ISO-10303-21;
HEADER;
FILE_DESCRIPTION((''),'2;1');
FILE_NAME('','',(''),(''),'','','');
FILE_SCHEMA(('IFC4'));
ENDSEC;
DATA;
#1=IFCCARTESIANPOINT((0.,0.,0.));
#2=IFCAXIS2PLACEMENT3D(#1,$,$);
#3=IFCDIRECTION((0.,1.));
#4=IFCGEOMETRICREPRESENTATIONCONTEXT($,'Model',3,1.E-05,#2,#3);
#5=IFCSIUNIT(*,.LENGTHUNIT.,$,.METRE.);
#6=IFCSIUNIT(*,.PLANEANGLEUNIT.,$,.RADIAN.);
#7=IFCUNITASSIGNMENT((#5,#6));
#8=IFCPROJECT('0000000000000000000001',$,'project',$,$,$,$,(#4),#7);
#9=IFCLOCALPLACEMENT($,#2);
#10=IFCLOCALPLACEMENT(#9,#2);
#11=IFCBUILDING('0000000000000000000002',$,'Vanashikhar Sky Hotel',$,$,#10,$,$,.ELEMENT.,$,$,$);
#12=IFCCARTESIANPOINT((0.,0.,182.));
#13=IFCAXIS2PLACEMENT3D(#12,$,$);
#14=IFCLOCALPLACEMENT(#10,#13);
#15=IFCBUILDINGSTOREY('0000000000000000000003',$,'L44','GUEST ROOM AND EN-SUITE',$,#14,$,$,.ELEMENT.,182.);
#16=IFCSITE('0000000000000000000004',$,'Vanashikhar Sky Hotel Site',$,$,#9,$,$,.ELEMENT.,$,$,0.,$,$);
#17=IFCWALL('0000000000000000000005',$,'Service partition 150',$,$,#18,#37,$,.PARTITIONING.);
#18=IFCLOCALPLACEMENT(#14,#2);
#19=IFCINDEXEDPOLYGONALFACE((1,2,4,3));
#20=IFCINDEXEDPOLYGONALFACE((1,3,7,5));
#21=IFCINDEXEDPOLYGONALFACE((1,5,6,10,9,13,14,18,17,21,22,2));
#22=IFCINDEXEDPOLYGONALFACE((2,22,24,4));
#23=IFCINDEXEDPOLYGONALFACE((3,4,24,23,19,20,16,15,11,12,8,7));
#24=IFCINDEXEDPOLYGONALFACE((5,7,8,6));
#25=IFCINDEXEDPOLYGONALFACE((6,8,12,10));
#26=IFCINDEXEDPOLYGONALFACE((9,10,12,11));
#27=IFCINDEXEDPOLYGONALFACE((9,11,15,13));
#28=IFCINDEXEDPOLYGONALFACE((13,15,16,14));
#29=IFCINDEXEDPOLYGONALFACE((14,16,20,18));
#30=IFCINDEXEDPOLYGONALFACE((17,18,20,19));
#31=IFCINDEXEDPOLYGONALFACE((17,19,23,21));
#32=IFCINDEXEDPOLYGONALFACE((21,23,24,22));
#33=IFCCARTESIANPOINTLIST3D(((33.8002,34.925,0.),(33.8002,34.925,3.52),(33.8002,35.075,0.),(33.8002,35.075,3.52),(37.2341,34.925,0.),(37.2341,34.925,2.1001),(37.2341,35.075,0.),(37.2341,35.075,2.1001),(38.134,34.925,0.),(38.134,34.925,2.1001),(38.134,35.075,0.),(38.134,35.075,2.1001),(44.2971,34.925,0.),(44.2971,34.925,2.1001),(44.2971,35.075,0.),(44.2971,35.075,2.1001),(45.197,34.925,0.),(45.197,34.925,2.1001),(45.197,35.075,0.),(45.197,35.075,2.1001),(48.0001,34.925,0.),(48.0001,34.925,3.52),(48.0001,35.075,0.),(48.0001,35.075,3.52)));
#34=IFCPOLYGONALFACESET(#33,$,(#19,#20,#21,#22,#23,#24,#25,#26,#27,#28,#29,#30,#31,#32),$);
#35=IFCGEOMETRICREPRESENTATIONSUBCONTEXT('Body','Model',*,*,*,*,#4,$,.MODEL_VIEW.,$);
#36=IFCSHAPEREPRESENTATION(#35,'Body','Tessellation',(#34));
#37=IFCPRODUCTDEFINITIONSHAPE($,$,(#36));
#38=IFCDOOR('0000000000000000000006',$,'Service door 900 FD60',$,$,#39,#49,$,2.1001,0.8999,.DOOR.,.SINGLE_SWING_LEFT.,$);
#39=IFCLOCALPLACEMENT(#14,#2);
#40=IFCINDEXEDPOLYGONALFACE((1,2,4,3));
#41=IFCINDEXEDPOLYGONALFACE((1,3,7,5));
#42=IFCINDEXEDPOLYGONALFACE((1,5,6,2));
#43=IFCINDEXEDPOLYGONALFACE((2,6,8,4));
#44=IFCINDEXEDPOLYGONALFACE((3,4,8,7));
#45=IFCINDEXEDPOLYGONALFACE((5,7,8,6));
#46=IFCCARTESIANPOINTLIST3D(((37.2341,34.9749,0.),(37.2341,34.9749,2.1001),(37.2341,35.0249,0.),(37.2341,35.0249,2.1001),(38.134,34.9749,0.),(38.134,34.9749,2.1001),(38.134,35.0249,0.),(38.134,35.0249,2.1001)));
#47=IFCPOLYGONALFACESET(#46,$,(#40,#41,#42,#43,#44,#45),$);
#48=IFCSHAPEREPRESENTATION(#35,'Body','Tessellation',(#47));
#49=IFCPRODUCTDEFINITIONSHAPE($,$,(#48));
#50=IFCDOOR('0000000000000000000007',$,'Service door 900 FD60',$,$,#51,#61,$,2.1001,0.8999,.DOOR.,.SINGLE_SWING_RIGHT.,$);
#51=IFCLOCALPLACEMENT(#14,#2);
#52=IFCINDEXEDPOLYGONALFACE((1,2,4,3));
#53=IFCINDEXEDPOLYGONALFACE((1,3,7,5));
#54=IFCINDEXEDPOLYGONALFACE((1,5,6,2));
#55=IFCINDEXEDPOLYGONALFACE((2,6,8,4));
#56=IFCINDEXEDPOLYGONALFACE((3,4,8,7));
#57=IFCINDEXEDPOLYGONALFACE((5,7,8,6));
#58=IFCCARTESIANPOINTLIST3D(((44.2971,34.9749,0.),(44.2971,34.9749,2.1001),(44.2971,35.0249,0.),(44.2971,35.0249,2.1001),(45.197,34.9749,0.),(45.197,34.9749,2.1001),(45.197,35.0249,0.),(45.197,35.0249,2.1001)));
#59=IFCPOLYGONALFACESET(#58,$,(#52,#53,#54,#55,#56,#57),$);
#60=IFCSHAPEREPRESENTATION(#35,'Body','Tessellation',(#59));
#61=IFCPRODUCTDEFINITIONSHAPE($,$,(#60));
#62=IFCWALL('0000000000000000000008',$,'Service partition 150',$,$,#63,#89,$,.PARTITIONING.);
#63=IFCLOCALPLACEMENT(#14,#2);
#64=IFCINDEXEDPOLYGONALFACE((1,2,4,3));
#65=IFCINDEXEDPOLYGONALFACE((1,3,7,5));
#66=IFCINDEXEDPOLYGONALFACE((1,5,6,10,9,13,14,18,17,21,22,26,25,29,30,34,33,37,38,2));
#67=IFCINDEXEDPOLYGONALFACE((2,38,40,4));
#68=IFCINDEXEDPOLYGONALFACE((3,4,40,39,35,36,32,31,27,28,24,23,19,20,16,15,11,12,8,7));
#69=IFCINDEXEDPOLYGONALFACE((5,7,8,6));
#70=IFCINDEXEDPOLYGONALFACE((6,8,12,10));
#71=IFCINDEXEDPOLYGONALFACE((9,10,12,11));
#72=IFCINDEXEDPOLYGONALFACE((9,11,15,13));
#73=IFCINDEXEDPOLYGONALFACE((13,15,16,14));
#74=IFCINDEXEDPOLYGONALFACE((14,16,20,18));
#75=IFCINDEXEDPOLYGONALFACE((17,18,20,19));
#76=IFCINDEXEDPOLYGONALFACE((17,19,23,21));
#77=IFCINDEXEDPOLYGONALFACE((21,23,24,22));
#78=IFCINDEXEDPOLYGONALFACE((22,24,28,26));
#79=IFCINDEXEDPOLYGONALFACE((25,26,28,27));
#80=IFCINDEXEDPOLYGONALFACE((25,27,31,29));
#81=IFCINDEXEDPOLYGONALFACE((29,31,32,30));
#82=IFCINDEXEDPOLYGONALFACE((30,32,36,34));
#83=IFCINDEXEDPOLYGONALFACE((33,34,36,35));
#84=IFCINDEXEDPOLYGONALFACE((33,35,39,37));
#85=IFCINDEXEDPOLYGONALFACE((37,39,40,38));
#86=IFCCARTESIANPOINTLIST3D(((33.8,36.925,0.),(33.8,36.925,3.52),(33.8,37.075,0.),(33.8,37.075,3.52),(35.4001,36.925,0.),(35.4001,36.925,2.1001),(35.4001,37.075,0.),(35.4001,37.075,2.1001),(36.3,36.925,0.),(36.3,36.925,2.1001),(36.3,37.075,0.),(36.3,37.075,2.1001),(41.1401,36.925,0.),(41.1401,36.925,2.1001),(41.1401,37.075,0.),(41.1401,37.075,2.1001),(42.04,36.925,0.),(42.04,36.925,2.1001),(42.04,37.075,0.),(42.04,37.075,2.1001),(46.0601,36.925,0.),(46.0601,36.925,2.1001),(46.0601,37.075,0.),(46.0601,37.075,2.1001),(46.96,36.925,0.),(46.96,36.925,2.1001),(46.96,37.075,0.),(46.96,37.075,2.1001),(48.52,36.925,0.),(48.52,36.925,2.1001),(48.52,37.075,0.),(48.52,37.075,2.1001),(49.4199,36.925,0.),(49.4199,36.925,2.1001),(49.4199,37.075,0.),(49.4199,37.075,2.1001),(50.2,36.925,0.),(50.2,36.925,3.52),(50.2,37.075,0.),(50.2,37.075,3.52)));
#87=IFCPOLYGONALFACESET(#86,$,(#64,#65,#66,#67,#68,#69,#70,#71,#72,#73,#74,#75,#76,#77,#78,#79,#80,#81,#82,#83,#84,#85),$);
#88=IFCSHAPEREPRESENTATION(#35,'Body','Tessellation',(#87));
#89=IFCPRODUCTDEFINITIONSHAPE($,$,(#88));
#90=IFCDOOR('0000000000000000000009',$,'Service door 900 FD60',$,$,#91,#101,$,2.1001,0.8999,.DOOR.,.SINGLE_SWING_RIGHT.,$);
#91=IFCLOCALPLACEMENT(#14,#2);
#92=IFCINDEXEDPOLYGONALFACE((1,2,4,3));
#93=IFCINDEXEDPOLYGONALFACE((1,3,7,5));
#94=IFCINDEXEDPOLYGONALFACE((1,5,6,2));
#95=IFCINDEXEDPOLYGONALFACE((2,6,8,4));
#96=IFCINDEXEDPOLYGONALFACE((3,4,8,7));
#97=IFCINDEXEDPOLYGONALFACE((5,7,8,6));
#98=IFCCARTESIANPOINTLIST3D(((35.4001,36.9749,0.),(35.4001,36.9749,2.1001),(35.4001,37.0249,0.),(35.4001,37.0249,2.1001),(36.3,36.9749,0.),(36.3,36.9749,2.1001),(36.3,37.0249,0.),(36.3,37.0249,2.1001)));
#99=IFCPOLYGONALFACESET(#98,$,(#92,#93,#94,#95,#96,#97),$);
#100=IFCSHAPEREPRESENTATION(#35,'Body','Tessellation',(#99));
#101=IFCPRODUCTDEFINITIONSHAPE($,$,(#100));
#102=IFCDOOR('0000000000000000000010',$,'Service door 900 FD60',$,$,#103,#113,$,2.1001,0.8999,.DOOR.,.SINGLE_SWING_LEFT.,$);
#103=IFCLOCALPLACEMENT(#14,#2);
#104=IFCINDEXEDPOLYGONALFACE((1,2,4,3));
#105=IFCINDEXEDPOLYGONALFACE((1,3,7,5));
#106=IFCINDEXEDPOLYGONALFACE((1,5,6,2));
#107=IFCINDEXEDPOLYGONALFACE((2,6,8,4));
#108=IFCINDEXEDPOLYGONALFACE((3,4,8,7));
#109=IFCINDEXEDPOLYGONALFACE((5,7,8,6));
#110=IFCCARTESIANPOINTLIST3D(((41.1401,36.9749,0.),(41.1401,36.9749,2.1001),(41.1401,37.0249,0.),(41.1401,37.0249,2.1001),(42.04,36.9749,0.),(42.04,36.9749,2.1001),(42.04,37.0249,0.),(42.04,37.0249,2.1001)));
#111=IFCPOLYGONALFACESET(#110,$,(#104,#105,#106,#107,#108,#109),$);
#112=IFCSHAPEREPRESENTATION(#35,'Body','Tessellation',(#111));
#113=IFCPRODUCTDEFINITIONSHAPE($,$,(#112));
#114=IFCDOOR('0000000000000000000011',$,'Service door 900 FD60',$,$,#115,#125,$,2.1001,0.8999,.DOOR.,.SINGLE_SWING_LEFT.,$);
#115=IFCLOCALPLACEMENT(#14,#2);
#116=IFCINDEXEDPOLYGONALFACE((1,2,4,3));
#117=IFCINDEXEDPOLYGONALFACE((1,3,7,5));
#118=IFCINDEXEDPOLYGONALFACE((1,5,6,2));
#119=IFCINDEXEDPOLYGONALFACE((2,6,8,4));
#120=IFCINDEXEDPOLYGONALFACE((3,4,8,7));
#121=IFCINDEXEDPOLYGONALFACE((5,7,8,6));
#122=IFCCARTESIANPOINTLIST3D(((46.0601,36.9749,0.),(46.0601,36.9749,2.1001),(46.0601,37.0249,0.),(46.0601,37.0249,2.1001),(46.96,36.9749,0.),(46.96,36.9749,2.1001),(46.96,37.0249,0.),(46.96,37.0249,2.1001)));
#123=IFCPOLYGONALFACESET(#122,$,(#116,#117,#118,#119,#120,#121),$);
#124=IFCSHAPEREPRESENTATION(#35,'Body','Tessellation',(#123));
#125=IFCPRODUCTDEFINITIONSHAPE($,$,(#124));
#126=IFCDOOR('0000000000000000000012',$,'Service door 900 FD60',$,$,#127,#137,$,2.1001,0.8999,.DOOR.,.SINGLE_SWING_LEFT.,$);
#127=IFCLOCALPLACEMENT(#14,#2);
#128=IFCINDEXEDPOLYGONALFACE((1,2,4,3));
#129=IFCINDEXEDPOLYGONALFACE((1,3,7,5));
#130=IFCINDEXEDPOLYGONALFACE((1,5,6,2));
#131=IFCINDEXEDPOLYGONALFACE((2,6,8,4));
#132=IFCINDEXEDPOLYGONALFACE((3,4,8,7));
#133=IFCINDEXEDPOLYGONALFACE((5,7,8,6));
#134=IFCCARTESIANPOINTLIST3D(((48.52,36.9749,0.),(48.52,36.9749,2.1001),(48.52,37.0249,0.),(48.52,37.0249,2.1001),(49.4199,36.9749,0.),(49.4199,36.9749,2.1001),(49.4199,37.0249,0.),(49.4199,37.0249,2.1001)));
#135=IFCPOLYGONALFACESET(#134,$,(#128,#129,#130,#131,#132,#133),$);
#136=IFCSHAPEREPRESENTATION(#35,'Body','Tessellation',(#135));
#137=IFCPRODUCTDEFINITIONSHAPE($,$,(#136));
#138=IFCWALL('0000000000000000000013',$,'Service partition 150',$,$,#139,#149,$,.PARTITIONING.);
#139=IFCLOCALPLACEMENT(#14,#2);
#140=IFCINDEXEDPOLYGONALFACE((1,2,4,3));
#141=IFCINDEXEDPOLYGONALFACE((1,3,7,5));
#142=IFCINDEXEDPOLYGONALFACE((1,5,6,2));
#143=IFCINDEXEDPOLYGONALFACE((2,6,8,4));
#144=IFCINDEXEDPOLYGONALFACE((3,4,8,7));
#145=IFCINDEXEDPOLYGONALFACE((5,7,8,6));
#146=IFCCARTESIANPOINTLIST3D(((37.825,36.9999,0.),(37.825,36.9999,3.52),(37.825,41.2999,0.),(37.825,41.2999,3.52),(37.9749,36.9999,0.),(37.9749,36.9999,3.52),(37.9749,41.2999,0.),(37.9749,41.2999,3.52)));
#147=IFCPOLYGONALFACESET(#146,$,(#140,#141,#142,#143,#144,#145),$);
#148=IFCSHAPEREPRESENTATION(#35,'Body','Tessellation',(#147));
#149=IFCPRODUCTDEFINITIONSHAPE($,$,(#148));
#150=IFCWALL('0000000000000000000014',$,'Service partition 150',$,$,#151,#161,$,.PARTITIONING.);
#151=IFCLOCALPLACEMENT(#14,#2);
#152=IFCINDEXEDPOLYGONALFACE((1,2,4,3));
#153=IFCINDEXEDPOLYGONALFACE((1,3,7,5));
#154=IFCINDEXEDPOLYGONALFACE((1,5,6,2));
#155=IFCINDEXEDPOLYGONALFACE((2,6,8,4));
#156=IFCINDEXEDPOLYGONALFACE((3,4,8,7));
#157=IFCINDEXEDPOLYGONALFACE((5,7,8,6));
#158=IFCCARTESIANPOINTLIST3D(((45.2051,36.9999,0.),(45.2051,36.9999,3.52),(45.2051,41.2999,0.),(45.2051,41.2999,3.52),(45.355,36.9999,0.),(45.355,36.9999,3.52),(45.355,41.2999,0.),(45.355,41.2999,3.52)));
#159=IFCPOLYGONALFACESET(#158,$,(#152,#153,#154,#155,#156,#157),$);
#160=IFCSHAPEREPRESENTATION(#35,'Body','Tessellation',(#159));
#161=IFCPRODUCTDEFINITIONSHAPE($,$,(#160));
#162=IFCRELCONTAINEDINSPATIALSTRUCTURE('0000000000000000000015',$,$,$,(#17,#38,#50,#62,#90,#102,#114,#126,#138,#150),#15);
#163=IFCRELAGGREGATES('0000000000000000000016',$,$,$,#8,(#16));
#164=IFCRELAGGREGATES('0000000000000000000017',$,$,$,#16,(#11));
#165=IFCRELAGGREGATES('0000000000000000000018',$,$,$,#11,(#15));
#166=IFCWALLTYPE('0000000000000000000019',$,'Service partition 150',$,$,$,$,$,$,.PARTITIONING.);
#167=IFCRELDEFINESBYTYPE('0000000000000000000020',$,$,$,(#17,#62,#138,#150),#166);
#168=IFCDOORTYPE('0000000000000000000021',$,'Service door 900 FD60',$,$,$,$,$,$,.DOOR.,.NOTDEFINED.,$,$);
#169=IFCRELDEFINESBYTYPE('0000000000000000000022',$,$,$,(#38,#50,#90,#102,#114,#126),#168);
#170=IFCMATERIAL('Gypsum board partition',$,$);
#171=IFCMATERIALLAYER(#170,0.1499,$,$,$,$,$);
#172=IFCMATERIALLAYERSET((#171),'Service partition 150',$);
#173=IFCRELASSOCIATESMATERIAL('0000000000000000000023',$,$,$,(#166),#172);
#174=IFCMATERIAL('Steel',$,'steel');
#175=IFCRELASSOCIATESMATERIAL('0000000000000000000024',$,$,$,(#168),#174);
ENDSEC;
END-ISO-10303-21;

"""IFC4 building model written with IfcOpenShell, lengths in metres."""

from ifc_helpers import new_model, si_unit, direction, frame, frame_2d, origin, place, context, subcontext, project, spatial, rectangle, extrude, source, transform, mapped, material, layer, layer_set, type_object, element, fill, save


model = new_model("IFC4")

# Units and contexts
model_context = context("Model", 3, precision=1e-05, world=origin(), true_north=direction((0.0, 1.0)))
body_context = subcontext(model_context, "Body", "Model", "MODEL_VIEW")
ifc_project = project(units=[si_unit("LENGTHUNIT", "METRE"), si_unit("PLANEANGLEUNIT", "RADIAN")], contexts=[model_context])

# Site, building, storey
site_placement = place(None, origin())
site = spatial("IfcSite", under=ifc_project, at=site_placement, Name="Vanashikhar Sky Hotel Site", CompositionType="ELEMENT", RefElevation=0.0)
building_placement = place(site_placement, origin())
building = spatial("IfcBuilding", under=site, at=building_placement, Name="Vanashikhar Sky Hotel", CompositionType="ELEMENT")
storey_placement = place(building_placement, frame((0.0, 0.0, 182.0)))
storey = spatial("IfcBuildingStorey", under=building, at=storey_placement, Name="L44", Description="GUEST ROOM AND EN-SUITE", CompositionType="ELEMENT", Elevation=182.0)

# Shared definitions
ifc_material_1 = material(Name="Gypsum board partition")
ifc_layer_1 = layer(ifc_material_1, 0.1499)
ifc_layer_set_1 = layer_set([ifc_layer_1], Name="Service partition 150")
wall_type_1 = type_object("IfcWallType", Name="Service partition 150", PredefinedType="PARTITIONING", material=ifc_layer_set_1)
ifc_material_2 = material(Name="Steel", Category="steel")
door_type_1 = type_object("IfcDoorType", Name="Service door 900 FD60", OperationType="NOTDEFINED", PredefinedType="DOOR", material=ifc_material_2)
shared_shape_1 = source(origin(), body_context, "Body", "SweptSolid", [
    extrude(rectangle(XDim=0.8999, YDim=2.1001, at=frame_2d((0.45, 1.05))), frame((0.0, 0.0249, 0.0), z_axis=(0.0, -1.0, 0.0), x_axis=(1.0, 0.0, 0.0)), (0.0, 0.0, 1.0), 0.05),
])

# Walls, openings, doors
shared_shape_2 = source(origin(), body_context, "Body", "SweptSolid", [
    extrude(rectangle(XDim=14.2, YDim=0.1499, at=frame_2d((7.1001, 0.0))), origin(), (0.0, 0.0, 1.0), 3.52),
])
wall_1_placement = place(storey_placement, frame((33.8, 35.0, 0.0), z_axis=(0.0, 0.0, 1.0), x_axis=(1.0, 0.0, 0.0)))
wall_1 = element("IfcWall", 1, at=wall_1_placement, inside=storey, type_object=wall_type_1, Name="Service partition 150", PredefinedType="PARTITIONING", context=body_context, shape_type="MappedRepresentation", body=[
    mapped(shared_shape_2, transform((0.0, 0.0, 0.0), scale=1.0)),
])
shared_shape_3 = source(origin(), body_context, "Body", "SweptSolid", [
    extrude(rectangle(XDim=0.8999, YDim=2.1001, at=frame_2d((0.45, 1.05))), frame((0.0, 0.085, 0.0), z_axis=(0.0, -1.0, 0.0), x_axis=(1.0, 0.0, 0.0)), (0.0, 0.0, 1.0), 0.1699),
])
opening_1_placement = place(wall_1_placement, frame((3.4341, 0.0, 0.0)))
opening_1 = element("IfcOpeningElement", 2, at=opening_1_placement, cuts=wall_1, PredefinedType="OPENING", context=body_context, shape_type="MappedRepresentation", body=[
    mapped(shared_shape_3, transform((0.0, 0.0, 0.0), scale=1.0)),
])
opening_2_placement = place(wall_1_placement, frame((10.4971, 0.0, 0.0)))
opening_2 = element("IfcOpeningElement", 3, at=opening_2_placement, cuts=wall_1, PredefinedType="OPENING", context=body_context, shape_type="MappedRepresentation", body=[
    mapped(shared_shape_3, transform((0.0, 0.0, 0.0), scale=1.0)),
])
door_1_placement = place(opening_1_placement, origin())
door_1 = element("IfcDoor", 4, at=door_1_placement, inside=storey, type_object=door_type_1, Name="Service door 900 FD60", OperationType="SINGLE_SWING_LEFT", OverallHeight=2.1001, OverallWidth=0.8999, PredefinedType="DOOR", context=body_context, shape_type="MappedRepresentation", body=[
    mapped(shared_shape_1, transform((0.0, 0.0, 0.0), scale=1.0)),
])
fill(opening_1, door_1)
door_2_placement = place(opening_2_placement, origin())
door_2 = element("IfcDoor", 5, at=door_2_placement, inside=storey, type_object=door_type_1, Name="Service door 900 FD60", OperationType="SINGLE_SWING_RIGHT", OverallHeight=2.1001, OverallWidth=0.8999, PredefinedType="DOOR", context=body_context, shape_type="MappedRepresentation", body=[
    mapped(shared_shape_1, transform((0.0, 0.0, 0.0), scale=1.0)),
])
fill(opening_2, door_2)
shared_shape_4 = source(origin(), body_context, "Body", "SweptSolid", [
    extrude(rectangle(XDim=16.3999, YDim=0.1499, at=frame_2d((8.2, 0.0))), origin(), (0.0, 0.0, 1.0), 3.52),
])
wall_2_placement = place(storey_placement, frame((33.8, 37.0, 0.0), z_axis=(0.0, 0.0, 1.0), x_axis=(1.0, 0.0, 0.0)))
wall_2 = element("IfcWall", 6, at=wall_2_placement, inside=storey, type_object=wall_type_1, Name="Service partition 150", PredefinedType="PARTITIONING", context=body_context, shape_type="MappedRepresentation", body=[
    mapped(shared_shape_4, transform((0.0, 0.0, 0.0), scale=1.0)),
])
opening_3_placement = place(wall_2_placement, frame((1.6001, 0.0, 0.0)))
opening_3 = element("IfcOpeningElement", 7, at=opening_3_placement, cuts=wall_2, PredefinedType="OPENING", context=body_context, shape_type="MappedRepresentation", body=[
    mapped(shared_shape_3, transform((0.0, 0.0, 0.0), scale=1.0)),
])
opening_4_placement = place(wall_2_placement, frame((7.3401, 0.0, 0.0)))
opening_4 = element("IfcOpeningElement", 8, at=opening_4_placement, cuts=wall_2, PredefinedType="OPENING", context=body_context, shape_type="MappedRepresentation", body=[
    mapped(shared_shape_3, transform((0.0, 0.0, 0.0), scale=1.0)),
])
opening_5_placement = place(wall_2_placement, frame((12.26, 0.0, 0.0)))
opening_5 = element("IfcOpeningElement", 9, at=opening_5_placement, cuts=wall_2, PredefinedType="OPENING", context=body_context, shape_type="MappedRepresentation", body=[
    mapped(shared_shape_3, transform((0.0, 0.0, 0.0), scale=1.0)),
])
opening_6_placement = place(wall_2_placement, frame((14.72, 0.0, 0.0)))
opening_6 = element("IfcOpeningElement", 10, at=opening_6_placement, cuts=wall_2, PredefinedType="OPENING", context=body_context, shape_type="MappedRepresentation", body=[
    mapped(shared_shape_3, transform((0.0, 0.0, 0.0), scale=1.0)),
])
door_3_placement = place(opening_3_placement, origin())
door_3 = element("IfcDoor", 11, at=door_3_placement, inside=storey, type_object=door_type_1, Name="Service door 900 FD60", OperationType="SINGLE_SWING_RIGHT", OverallHeight=2.1001, OverallWidth=0.8999, PredefinedType="DOOR", context=body_context, shape_type="MappedRepresentation", body=[
    mapped(shared_shape_1, transform((0.0, 0.0, 0.0), scale=1.0)),
])
fill(opening_3, door_3)
door_4_placement = place(opening_4_placement, origin())
door_4 = element("IfcDoor", 12, at=door_4_placement, inside=storey, type_object=door_type_1, Name="Service door 900 FD60", OperationType="SINGLE_SWING_LEFT", OverallHeight=2.1001, OverallWidth=0.8999, PredefinedType="DOOR", context=body_context, shape_type="MappedRepresentation", body=[
    mapped(shared_shape_1, transform((0.0, 0.0, 0.0), scale=1.0)),
])
fill(opening_4, door_4)
door_5_placement = place(opening_5_placement, origin())
door_5 = element("IfcDoor", 13, at=door_5_placement, inside=storey, type_object=door_type_1, Name="Service door 900 FD60", OperationType="SINGLE_SWING_LEFT", OverallHeight=2.1001, OverallWidth=0.8999, PredefinedType="DOOR", context=body_context, shape_type="MappedRepresentation", body=[
    mapped(shared_shape_1, transform((0.0, 0.0, 0.0), scale=1.0)),
])
fill(opening_5, door_5)
door_6_placement = place(opening_6_placement, origin())
door_6 = element("IfcDoor", 14, at=door_6_placement, inside=storey, type_object=door_type_1, Name="Service door 900 FD60", OperationType="SINGLE_SWING_LEFT", OverallHeight=2.1001, OverallWidth=0.8999, PredefinedType="DOOR", context=body_context, shape_type="MappedRepresentation", body=[
    mapped(shared_shape_1, transform((0.0, 0.0, 0.0), scale=1.0)),
])
fill(opening_6, door_6)

# Walls
shared_shape_5 = source(origin(), body_context, "Body", "SweptSolid", [
    extrude(rectangle(XDim=4.3, YDim=0.1499, at=frame_2d((2.1499, 0.0))), origin(), (0.0, 0.0, 1.0), 3.52),
])
for number, where, z_axis, x_axis, name in (
    (15, (37.8999, 37.0, 0.0), (0.0, 0.0, 1.0), (0.0, 1.0, 0.0), "Service partition 150"),
    (16, (45.28, 37.0, 0.0), (0.0, 0.0, 1.0), (0.0, 1.0, 0.0), "Service partition 150"),
):
    element("IfcWall", number, at=place(storey_placement, frame(where, z_axis=z_axis, x_axis=x_axis)), inside=storey, type_object=wall_type_1, Name=name, PredefinedType="PARTITIONING", context=body_context, shape_type="MappedRepresentation", body=[
        mapped(shared_shape_5, transform((0.0, 0.0, 0.0), scale=1.0)),
    ])

save(model, "model.ifc")
